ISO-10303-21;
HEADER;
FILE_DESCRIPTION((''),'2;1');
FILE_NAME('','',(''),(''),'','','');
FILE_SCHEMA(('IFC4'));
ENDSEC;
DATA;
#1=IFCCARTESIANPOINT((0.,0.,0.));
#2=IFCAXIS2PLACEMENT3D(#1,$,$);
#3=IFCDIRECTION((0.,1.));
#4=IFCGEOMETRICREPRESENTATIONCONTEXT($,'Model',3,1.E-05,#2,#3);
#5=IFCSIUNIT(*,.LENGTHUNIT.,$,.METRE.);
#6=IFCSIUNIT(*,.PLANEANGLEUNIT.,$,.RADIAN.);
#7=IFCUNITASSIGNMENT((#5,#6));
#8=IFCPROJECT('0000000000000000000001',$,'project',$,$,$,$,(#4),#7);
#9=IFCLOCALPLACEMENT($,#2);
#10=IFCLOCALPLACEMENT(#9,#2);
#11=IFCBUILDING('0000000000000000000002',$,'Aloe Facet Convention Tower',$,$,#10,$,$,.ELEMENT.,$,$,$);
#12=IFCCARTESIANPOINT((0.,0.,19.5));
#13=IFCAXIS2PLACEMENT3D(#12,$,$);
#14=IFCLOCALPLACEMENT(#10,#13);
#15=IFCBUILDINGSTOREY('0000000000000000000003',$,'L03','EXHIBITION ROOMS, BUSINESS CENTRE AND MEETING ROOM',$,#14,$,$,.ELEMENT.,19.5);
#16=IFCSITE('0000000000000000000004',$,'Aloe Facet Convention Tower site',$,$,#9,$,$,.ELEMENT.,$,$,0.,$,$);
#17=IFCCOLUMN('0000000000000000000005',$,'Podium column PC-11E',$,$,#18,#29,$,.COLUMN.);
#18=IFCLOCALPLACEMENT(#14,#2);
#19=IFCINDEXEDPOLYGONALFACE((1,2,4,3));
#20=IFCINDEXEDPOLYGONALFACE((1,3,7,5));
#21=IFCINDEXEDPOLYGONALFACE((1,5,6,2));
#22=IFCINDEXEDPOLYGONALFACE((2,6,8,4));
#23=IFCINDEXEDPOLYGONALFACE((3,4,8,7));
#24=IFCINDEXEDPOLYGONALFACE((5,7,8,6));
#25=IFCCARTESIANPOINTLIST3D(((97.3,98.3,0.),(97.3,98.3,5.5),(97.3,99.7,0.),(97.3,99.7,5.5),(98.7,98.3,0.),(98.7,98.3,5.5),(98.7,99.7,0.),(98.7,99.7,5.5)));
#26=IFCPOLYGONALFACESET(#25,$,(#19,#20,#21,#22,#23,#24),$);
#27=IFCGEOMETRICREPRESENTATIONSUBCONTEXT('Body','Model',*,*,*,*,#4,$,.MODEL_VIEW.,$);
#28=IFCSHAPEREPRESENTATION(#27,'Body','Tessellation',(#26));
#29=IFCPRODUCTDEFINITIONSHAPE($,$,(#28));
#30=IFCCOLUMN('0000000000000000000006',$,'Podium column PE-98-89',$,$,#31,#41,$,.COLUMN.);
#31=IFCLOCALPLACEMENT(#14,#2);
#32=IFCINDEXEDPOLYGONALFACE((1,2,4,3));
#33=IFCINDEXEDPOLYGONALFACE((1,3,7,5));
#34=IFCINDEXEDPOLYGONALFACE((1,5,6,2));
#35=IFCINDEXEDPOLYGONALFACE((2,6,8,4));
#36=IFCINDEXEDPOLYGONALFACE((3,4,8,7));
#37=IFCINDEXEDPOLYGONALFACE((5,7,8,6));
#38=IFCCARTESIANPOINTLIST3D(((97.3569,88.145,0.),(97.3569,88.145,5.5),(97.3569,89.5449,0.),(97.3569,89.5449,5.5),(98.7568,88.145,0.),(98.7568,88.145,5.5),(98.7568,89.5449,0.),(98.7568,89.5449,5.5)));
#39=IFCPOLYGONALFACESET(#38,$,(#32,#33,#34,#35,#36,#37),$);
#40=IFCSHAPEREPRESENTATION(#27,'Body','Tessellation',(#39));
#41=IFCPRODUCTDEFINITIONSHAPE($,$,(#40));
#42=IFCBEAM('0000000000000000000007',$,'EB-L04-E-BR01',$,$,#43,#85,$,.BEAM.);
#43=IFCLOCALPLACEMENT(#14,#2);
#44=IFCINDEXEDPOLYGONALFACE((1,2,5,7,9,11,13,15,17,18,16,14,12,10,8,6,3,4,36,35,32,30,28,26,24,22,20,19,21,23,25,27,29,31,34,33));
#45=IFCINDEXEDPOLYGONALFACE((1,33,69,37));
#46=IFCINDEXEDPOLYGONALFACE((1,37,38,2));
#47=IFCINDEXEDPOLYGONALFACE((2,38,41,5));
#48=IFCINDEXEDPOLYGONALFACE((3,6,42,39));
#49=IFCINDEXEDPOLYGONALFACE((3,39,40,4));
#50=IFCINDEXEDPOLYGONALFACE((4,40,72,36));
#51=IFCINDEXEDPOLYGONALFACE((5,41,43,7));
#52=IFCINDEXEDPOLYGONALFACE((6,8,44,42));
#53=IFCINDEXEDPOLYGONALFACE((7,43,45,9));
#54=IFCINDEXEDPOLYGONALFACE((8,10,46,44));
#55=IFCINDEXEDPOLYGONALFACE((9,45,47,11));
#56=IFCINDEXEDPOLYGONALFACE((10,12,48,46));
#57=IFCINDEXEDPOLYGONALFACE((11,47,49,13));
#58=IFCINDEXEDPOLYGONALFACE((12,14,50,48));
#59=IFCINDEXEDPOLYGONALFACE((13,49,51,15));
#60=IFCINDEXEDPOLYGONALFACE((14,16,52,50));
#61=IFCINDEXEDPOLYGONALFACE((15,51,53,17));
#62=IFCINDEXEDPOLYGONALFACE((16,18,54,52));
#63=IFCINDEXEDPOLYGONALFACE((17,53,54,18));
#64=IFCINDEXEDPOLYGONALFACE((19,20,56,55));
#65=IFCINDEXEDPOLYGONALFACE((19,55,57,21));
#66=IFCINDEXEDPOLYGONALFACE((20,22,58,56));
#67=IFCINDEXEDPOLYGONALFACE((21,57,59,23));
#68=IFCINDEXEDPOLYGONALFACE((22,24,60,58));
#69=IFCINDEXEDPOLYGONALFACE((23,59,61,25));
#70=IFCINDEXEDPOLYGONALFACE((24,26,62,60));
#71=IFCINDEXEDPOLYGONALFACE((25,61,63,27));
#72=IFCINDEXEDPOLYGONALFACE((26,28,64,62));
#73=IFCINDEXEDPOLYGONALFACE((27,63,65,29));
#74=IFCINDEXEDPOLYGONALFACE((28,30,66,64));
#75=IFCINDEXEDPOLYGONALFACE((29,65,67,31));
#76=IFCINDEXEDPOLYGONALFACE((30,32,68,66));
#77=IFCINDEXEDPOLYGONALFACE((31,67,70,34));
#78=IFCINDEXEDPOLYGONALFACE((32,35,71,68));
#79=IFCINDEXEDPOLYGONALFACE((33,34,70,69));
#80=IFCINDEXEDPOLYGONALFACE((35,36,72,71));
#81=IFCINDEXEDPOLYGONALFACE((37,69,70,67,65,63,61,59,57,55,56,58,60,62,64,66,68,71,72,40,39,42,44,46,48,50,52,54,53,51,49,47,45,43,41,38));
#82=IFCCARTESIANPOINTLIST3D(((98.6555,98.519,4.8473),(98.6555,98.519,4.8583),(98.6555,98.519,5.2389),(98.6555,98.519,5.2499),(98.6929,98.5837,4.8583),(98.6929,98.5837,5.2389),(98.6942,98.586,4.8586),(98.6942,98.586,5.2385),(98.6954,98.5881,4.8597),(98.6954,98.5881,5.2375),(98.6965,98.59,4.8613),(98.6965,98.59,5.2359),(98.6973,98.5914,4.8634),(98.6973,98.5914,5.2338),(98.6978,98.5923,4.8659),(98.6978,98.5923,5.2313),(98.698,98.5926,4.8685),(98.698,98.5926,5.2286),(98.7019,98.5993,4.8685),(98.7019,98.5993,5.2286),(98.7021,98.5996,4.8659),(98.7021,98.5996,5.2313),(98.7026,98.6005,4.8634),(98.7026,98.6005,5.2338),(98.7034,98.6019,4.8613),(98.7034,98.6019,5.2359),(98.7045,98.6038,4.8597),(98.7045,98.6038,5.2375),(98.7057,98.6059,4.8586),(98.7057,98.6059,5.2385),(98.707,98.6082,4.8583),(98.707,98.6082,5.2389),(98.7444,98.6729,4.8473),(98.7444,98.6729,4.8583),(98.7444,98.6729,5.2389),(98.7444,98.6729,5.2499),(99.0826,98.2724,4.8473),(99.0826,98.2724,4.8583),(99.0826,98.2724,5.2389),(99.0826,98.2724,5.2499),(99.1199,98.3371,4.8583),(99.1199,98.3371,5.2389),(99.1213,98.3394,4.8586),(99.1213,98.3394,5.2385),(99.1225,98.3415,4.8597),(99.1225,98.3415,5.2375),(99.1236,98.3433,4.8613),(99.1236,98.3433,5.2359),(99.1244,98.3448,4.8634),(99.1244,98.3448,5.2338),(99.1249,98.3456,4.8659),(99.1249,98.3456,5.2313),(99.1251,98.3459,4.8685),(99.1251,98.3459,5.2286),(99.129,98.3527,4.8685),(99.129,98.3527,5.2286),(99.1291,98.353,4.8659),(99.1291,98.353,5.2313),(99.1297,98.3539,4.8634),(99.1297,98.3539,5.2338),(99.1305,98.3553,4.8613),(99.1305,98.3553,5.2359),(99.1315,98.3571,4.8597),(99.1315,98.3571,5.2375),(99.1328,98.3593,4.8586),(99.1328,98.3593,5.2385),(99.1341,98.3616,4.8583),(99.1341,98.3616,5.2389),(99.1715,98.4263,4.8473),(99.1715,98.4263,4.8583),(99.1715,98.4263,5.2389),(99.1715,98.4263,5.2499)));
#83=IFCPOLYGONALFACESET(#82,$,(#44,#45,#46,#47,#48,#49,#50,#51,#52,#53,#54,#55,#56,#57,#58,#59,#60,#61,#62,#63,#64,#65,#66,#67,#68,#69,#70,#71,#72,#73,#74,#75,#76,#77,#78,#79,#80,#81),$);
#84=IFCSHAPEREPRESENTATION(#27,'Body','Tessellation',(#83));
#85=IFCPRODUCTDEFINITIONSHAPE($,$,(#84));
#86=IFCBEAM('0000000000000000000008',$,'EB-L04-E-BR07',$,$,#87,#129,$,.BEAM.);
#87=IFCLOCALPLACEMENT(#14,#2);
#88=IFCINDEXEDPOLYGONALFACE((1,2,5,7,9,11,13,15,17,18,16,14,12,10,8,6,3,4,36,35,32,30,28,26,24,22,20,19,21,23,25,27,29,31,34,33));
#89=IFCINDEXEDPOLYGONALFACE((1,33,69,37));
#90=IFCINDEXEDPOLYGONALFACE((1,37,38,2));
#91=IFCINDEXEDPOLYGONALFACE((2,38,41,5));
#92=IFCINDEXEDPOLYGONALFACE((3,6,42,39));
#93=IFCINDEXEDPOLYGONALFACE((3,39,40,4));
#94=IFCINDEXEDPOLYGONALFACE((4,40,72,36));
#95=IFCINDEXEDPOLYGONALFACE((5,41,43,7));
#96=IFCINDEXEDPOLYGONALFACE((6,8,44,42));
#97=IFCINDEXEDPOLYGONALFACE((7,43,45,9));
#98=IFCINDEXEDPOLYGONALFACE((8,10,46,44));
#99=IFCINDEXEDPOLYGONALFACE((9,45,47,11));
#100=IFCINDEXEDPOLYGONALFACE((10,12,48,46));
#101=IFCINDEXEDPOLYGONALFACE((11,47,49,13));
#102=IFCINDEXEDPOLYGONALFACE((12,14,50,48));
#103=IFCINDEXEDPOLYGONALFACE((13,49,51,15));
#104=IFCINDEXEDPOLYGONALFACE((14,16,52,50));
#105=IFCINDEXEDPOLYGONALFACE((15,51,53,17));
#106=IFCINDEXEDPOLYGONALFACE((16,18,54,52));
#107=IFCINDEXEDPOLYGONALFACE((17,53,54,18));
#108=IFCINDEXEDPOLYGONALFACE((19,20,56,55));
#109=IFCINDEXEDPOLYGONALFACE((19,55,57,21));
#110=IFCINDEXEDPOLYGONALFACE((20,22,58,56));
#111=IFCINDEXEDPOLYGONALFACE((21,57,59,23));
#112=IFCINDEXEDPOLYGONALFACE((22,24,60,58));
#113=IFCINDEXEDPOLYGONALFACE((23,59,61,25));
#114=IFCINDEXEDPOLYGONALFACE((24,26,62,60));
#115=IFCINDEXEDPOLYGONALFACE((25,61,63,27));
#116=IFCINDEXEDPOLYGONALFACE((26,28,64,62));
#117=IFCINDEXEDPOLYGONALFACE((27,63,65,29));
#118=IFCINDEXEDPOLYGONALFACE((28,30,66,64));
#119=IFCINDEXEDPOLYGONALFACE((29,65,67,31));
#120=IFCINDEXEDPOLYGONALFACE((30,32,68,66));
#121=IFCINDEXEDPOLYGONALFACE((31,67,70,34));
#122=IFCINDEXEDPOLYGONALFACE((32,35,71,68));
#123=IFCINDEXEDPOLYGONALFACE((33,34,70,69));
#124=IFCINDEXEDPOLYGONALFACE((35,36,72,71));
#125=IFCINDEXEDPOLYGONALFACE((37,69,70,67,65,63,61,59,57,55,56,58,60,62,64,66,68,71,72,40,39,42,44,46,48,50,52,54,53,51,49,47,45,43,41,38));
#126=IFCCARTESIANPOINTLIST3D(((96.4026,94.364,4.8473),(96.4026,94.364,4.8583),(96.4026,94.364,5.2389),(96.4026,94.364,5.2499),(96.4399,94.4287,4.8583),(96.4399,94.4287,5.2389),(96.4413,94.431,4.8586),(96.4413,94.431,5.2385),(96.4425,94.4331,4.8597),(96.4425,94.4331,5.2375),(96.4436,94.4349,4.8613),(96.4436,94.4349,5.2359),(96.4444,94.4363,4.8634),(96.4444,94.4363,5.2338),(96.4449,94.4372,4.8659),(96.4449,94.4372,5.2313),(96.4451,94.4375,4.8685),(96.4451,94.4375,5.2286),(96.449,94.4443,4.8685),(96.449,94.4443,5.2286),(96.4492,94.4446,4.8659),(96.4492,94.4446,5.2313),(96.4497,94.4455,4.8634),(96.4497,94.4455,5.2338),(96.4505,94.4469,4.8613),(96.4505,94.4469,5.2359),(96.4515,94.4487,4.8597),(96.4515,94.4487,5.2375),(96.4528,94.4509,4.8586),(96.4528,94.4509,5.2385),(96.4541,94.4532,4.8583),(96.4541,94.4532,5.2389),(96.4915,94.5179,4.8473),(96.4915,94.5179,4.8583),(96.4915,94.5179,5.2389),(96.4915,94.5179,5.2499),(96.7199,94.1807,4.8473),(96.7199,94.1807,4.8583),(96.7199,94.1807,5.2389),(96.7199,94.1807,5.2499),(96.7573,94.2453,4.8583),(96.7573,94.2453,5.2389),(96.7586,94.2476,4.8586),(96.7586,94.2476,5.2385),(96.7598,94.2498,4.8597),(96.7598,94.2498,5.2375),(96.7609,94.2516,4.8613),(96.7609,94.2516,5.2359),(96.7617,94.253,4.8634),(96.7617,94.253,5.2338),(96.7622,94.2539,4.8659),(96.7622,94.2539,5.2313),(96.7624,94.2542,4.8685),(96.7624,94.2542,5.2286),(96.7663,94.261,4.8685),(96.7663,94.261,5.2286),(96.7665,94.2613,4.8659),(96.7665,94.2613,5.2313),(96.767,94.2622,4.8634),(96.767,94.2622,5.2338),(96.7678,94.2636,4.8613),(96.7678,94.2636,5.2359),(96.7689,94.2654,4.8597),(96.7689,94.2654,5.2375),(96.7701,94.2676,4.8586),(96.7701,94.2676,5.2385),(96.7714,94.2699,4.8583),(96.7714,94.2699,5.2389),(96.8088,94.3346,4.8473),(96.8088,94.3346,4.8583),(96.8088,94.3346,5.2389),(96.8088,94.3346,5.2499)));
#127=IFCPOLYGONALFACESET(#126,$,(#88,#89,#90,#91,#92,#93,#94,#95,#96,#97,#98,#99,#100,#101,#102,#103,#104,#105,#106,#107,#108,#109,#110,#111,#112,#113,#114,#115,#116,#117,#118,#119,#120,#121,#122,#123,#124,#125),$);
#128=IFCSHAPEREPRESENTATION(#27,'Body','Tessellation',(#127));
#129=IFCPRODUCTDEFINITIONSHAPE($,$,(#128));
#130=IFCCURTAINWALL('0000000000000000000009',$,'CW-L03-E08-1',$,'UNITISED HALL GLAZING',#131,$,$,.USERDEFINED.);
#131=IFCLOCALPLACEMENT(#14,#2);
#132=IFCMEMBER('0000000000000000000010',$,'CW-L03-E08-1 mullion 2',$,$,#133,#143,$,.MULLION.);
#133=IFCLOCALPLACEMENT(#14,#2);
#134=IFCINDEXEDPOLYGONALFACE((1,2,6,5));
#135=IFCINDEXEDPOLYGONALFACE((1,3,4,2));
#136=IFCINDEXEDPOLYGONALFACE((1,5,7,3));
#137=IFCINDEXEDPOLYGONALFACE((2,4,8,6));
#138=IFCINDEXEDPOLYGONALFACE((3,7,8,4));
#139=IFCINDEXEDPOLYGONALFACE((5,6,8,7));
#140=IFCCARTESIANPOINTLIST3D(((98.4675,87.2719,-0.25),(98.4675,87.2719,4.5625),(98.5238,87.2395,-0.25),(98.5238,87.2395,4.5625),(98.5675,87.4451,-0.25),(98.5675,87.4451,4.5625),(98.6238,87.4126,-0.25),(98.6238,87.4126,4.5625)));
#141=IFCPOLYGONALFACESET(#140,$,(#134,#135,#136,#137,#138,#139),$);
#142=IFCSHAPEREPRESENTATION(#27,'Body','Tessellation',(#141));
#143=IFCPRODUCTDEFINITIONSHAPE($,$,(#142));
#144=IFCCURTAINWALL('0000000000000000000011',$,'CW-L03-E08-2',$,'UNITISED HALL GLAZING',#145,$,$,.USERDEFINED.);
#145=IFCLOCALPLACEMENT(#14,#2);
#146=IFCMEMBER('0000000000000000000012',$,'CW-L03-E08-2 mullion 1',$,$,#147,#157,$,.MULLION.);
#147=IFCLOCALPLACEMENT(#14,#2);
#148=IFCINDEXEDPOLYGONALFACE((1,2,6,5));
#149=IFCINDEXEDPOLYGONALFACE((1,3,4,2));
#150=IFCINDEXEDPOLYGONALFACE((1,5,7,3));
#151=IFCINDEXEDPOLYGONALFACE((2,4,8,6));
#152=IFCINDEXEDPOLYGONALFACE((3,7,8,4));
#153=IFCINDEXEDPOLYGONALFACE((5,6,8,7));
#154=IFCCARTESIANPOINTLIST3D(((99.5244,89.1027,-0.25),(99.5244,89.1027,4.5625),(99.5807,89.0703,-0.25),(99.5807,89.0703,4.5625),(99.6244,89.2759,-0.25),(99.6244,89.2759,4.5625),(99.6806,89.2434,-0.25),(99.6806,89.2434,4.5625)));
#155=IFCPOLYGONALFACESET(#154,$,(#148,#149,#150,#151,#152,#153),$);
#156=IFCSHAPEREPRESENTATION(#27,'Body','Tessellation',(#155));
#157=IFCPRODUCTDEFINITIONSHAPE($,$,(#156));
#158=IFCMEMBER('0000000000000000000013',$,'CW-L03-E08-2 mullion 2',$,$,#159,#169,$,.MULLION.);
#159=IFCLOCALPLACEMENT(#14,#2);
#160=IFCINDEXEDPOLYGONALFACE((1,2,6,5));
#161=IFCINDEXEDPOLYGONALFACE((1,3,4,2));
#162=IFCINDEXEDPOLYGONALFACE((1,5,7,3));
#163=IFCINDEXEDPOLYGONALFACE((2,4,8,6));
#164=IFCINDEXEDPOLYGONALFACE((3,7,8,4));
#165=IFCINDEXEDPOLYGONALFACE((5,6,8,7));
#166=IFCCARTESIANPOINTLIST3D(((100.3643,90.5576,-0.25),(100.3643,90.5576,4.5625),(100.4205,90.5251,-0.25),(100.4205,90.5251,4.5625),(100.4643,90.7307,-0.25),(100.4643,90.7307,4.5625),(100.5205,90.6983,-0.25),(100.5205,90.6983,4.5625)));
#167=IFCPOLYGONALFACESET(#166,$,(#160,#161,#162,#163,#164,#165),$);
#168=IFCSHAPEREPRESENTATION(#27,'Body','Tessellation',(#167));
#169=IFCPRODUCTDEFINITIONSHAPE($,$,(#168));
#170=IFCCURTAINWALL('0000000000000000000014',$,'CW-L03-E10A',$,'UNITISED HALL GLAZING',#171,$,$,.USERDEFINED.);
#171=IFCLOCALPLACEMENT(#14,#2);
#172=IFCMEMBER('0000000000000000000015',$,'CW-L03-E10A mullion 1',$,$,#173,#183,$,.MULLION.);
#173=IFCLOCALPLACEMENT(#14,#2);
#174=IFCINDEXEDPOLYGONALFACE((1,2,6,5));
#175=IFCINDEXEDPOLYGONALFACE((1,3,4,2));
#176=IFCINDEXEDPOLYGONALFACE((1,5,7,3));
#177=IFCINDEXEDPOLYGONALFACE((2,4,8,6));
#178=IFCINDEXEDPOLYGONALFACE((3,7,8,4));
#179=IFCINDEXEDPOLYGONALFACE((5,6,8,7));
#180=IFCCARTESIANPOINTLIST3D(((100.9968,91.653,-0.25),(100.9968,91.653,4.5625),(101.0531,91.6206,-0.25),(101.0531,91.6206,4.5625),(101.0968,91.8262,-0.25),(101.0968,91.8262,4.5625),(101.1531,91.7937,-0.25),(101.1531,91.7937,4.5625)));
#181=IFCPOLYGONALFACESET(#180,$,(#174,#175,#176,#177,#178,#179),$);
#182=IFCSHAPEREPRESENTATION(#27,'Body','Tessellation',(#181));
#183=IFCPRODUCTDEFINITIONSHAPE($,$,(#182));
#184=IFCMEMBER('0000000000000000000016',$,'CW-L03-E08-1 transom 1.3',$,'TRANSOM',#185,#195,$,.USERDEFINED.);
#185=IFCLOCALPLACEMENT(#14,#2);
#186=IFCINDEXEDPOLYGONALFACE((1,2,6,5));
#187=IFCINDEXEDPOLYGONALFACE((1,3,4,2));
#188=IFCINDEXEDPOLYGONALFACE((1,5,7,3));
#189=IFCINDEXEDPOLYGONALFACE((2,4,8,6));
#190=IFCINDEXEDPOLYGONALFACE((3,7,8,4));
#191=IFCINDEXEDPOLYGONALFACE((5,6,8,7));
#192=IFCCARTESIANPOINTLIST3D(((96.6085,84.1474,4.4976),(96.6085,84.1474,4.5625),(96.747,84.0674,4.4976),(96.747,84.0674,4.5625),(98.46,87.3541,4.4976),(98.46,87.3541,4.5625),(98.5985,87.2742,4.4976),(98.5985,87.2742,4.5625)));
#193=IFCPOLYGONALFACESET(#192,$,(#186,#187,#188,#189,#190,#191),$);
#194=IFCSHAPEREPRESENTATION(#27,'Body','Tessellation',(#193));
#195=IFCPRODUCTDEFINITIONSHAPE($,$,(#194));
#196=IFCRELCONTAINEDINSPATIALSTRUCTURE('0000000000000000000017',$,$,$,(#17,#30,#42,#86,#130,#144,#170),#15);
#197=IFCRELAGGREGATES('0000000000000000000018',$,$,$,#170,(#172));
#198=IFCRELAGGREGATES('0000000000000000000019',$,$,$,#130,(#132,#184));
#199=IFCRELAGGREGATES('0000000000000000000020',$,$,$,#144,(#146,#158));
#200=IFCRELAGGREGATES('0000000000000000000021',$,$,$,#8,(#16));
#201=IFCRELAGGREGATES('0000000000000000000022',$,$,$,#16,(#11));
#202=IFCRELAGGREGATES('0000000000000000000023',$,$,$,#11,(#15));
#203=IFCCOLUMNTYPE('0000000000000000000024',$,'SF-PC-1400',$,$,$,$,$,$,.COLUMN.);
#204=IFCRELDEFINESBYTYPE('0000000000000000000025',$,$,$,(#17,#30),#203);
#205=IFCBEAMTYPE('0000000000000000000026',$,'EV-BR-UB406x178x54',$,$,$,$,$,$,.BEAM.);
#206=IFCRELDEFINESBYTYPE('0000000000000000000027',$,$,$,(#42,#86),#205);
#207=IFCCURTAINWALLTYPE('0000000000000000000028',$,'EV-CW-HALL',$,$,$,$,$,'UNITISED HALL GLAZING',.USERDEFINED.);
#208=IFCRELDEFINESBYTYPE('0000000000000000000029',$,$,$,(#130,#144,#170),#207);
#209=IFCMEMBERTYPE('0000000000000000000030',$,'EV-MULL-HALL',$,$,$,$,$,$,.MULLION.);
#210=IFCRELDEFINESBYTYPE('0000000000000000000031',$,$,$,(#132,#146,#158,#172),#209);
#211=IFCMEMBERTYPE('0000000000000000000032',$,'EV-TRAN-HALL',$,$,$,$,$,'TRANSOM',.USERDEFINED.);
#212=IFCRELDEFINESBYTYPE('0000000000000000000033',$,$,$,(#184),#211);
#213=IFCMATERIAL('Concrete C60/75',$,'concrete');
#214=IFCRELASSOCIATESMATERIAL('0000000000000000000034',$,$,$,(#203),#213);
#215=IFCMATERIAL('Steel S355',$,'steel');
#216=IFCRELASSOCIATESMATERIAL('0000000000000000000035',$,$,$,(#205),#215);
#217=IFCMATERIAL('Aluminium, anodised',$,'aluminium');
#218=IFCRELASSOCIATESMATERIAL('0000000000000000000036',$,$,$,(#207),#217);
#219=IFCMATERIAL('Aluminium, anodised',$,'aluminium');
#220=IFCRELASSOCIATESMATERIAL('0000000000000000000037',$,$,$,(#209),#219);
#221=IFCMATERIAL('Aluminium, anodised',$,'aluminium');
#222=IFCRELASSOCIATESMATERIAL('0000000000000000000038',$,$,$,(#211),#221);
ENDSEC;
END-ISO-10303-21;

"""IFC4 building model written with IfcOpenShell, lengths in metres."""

from ifc_helpers import new_model, si_unit, direction, frame, origin, origin_2d, place, context, subcontext, project, spatial, rectangle, i_section, extrude, material, material_profile, profile_set, type_object, element, aggregate, save


model = new_model("IFC4")

# Units and contexts
model_context = context("Model", 3, precision=1e-05, world=origin(), true_north=direction((0.0, 1.0)))
body_context = subcontext(model_context, "Body", "Model", "MODEL_VIEW")
ifc_project = project(units=[si_unit("LENGTHUNIT", "METRE"), si_unit("PLANEANGLEUNIT", "RADIAN")], contexts=[model_context])

# Site, building, storey
site_placement = place(None, origin())
site = spatial("IfcSite", under=ifc_project, at=site_placement, Name="Aloe Facet Convention Tower site", CompositionType="ELEMENT", RefElevation=0.0)
building_placement = place(site_placement, origin())
building = spatial("IfcBuilding", under=site, at=building_placement, Name="Aloe Facet Convention Tower", CompositionType="ELEMENT")
storey_placement = place(building_placement, frame((0.0, 0.0, 19.5)))
storey = spatial("IfcBuildingStorey", under=building, at=storey_placement, Name="L03", Description="EXHIBITION ROOMS, BUSINESS CENTRE AND MEETING ROOM", CompositionType="ELEMENT", Elevation=19.5)

# Columns
ifc_material_1 = material(Name="Concrete C60/75", Category="concrete")
ifc_material_profile_1 = material_profile(ifc_material_1, rectangle(XDim=1.3999, YDim=1.3999, at=origin_2d()), Name="SF-PC-1400")
ifc_profile_set_1 = profile_set([ifc_material_profile_1], Name="Concrete C60/75")
column_type = type_object("IfcColumnType", Name="SF-PC-1400", PredefinedType="COLUMN", material=ifc_profile_set_1)
for number, where, z_axis, x_axis, name in (
    (1, (98.0, 99.0, 0.0), (0.0, 0.0, 1.0), (1.0, 0.0, 0.0), "Podium column PC-11E"),
    (2, (98.0569, 88.845, 0.0), (0.0, 0.0, 1.0), (1.0, 0.0, 0.0), "Podium column PE-98-89"),
):
    element("IfcColumn", number, at=place(storey_placement, frame(where, z_axis=z_axis, x_axis=x_axis)), inside=storey, type_object=column_type, Name=name, PredefinedType="COLUMN", context=body_context, shape_type="SweptSolid", body=[
        extrude(rectangle(XDim=1.3999, YDim=1.3999, at=origin_2d()), origin(), (0.0, 0.0, 1.0), 5.5),
    ])

# Beams
ifc_material_2 = material(Name="Steel S355", Category="steel")
ifc_material_profile_2 = material_profile(ifc_material_2, i_section(OverallWidth=0.1777, OverallDepth=0.4026, WebThickness=0.0078, FlangeThickness=0.011, FilletRadius=0.0103, at=origin_2d()), Name="UB 406x178x54")
ifc_profile_set_2 = profile_set([ifc_material_profile_2], Name="Steel S355")
beam_type_1 = type_object("IfcBeamType", Name="EV-BR-UB406x178x54", PredefinedType="BEAM", material=ifc_profile_set_2)
beam_1_placement = place(storey_placement, frame((98.7, 98.5959, 5.0486), z_axis=(0.865979, -0.50008, 0.0), x_axis=(0.50008, 0.865979, 0.0)))
element("IfcBeam", 3, at=beam_1_placement, inside=storey, type_object=beam_type_1, Name="EB-L04-E-BR01", PredefinedType="BEAM", context=body_context, shape_type="SweptSolid", body=[
    extrude(i_section(OverallWidth=0.1777, OverallDepth=0.4026, WebThickness=0.0078, FlangeThickness=0.011, FilletRadius=0.0103, at=origin_2d()), origin(), (0.0, 0.0, 1.0), 0.4932),
])
beam_2_placement = place(storey_placement, frame((96.447, 94.4409, 5.0486), z_axis=(0.865897, -0.500222, 0.0), x_axis=(0.500222, 0.865897, 0.0)))
element("IfcBeam", 4, at=beam_2_placement, inside=storey, type_object=beam_type_1, Name="EB-L04-E-BR07", PredefinedType="BEAM", context=body_context, shape_type="SweptSolid", body=[
    extrude(i_section(OverallWidth=0.1777, OverallDepth=0.4026, WebThickness=0.0078, FlangeThickness=0.011, FilletRadius=0.0103, at=origin_2d()), origin(), (0.0, 0.0, 1.0), 0.3665),
])

# Curtain wall, member
ifc_material_3 = material(Name="Aluminium, anodised", Category="aluminium")
curtain_wall_type = type_object("IfcCurtainWallType", Name="EV-CW-HALL", ElementType="UNITISED HALL GLAZING", PredefinedType="USERDEFINED", material=ifc_material_3)
curtain_wall_1_placement = place(storey_placement, origin())
curtain_wall_1 = element("IfcCurtainWall", 5, at=curtain_wall_1_placement, inside=storey, type_object=curtain_wall_type, Name="CW-L03-E08-1", ObjectType="UNITISED HALL GLAZING", PredefinedType="USERDEFINED")
ifc_material_4 = material(Name="Aluminium, anodised", Category="aluminium")
ifc_material_profile_3 = material_profile(ifc_material_4, rectangle(XDim=0.0649, YDim=0.2, at=origin_2d()), Name="AL 65x200")
ifc_profile_set_3 = profile_set([ifc_material_profile_3], Name="Aluminium, anodised")
member_type_1 = type_object("IfcMemberType", Name="EV-MULL-HALL", PredefinedType="MULLION", material=ifc_profile_set_3)
member_1_placement = place(storey_placement, frame((98.5457, 87.3423, -0.25), z_axis=(0.0, 0.0, 1.0), x_axis=(-0.866025, 0.5, 0.0)))
member_1 = element("IfcMember", 6, at=member_1_placement, type_object=member_type_1, Name="CW-L03-E08-1 mullion 2", PredefinedType="MULLION", context=body_context, shape_type="SweptSolid", body=[
    extrude(rectangle(XDim=0.0649, YDim=0.2, at=origin_2d()), origin(), (0.0, 0.0, 1.0), 4.8125),
])

# Curtain wall, members
curtain_wall_2_placement = place(storey_placement, origin())
curtain_wall_2 = element("IfcCurtainWall", 7, at=curtain_wall_2_placement, inside=storey, type_object=curtain_wall_type, Name="CW-L03-E08-2", ObjectType="UNITISED HALL GLAZING", PredefinedType="USERDEFINED")
member_2_placement = place(storey_placement, frame((99.6025, 89.1731, -0.25), z_axis=(0.0, 0.0, 1.0), x_axis=(-0.866025, 0.5, 0.0)))
member_2 = element("IfcMember", 8, at=member_2_placement, type_object=member_type_1, Name="CW-L03-E08-2 mullion 1", PredefinedType="MULLION", context=body_context, shape_type="SweptSolid", body=[
    extrude(rectangle(XDim=0.0649, YDim=0.2, at=origin_2d()), origin(), (0.0, 0.0, 1.0), 4.8125),
])
member_3_placement = place(storey_placement, frame((100.4424, 90.6279, -0.25), z_axis=(0.0, 0.0, 1.0), x_axis=(-0.866025, 0.5, 0.0)))
member_3 = element("IfcMember", 9, at=member_3_placement, type_object=member_type_1, Name="CW-L03-E08-2 mullion 2", PredefinedType="MULLION", context=body_context, shape_type="SweptSolid", body=[
    extrude(rectangle(XDim=0.0649, YDim=0.2, at=origin_2d()), origin(), (0.0, 0.0, 1.0), 4.8125),
])

# Curtain wall, member
curtain_wall_3_placement = place(storey_placement, origin())
curtain_wall_3 = element("IfcCurtainWall", 10, at=curtain_wall_3_placement, inside=storey, type_object=curtain_wall_type, Name="CW-L03-E10A", ObjectType="UNITISED HALL GLAZING", PredefinedType="USERDEFINED")
member_4_placement = place(storey_placement, frame((101.075, 91.7234, -0.25), z_axis=(0.0, 0.0, 1.0), x_axis=(-0.866025, 0.5, 0.0)))
member_4 = element("IfcMember", 11, at=member_4_placement, type_object=member_type_1, Name="CW-L03-E10A mullion 1", PredefinedType="MULLION", context=body_context, shape_type="SweptSolid", body=[
    extrude(rectangle(XDim=0.0649, YDim=0.2, at=origin_2d()), origin(), (0.0, 0.0, 1.0), 4.8125),
])

# Member
ifc_material_5 = material(Name="Aluminium, anodised", Category="aluminium")
ifc_material_profile_4 = material_profile(ifc_material_5, rectangle(XDim=0.1599, YDim=0.0649, at=origin_2d()), Name="AL 160x65")
ifc_profile_set_4 = profile_set([ifc_material_profile_4], Name="Aluminium, anodised")
member_type_2 = type_object("IfcMemberType", Name="EV-TRAN-HALL", ElementType="TRANSOM", PredefinedType="USERDEFINED", material=ifc_profile_set_4)
member_5_placement = place(storey_placement, frame((96.6777, 84.1074, 4.53), z_axis=(0.500025, 0.866011, 0.0), x_axis=(-0.866011, 0.500025, 0.0)))
member_5 = element("IfcMember", 12, at=member_5_placement, type_object=member_type_2, Name="CW-L03-E08-1 transom 1.3", ObjectType="TRANSOM", PredefinedType="USERDEFINED", context=body_context, shape_type="SweptSolid", body=[
    extrude(rectangle(XDim=0.1599, YDim=0.0649, at=origin_2d()), origin(), (0.0, 0.0, 1.0), 3.7029),
])
aggregate(curtain_wall_3, [member_4])

aggregate(curtain_wall_1, [member_1, member_5])
aggregate(curtain_wall_2, [member_2, member_3])

save(model, "model.ifc")
